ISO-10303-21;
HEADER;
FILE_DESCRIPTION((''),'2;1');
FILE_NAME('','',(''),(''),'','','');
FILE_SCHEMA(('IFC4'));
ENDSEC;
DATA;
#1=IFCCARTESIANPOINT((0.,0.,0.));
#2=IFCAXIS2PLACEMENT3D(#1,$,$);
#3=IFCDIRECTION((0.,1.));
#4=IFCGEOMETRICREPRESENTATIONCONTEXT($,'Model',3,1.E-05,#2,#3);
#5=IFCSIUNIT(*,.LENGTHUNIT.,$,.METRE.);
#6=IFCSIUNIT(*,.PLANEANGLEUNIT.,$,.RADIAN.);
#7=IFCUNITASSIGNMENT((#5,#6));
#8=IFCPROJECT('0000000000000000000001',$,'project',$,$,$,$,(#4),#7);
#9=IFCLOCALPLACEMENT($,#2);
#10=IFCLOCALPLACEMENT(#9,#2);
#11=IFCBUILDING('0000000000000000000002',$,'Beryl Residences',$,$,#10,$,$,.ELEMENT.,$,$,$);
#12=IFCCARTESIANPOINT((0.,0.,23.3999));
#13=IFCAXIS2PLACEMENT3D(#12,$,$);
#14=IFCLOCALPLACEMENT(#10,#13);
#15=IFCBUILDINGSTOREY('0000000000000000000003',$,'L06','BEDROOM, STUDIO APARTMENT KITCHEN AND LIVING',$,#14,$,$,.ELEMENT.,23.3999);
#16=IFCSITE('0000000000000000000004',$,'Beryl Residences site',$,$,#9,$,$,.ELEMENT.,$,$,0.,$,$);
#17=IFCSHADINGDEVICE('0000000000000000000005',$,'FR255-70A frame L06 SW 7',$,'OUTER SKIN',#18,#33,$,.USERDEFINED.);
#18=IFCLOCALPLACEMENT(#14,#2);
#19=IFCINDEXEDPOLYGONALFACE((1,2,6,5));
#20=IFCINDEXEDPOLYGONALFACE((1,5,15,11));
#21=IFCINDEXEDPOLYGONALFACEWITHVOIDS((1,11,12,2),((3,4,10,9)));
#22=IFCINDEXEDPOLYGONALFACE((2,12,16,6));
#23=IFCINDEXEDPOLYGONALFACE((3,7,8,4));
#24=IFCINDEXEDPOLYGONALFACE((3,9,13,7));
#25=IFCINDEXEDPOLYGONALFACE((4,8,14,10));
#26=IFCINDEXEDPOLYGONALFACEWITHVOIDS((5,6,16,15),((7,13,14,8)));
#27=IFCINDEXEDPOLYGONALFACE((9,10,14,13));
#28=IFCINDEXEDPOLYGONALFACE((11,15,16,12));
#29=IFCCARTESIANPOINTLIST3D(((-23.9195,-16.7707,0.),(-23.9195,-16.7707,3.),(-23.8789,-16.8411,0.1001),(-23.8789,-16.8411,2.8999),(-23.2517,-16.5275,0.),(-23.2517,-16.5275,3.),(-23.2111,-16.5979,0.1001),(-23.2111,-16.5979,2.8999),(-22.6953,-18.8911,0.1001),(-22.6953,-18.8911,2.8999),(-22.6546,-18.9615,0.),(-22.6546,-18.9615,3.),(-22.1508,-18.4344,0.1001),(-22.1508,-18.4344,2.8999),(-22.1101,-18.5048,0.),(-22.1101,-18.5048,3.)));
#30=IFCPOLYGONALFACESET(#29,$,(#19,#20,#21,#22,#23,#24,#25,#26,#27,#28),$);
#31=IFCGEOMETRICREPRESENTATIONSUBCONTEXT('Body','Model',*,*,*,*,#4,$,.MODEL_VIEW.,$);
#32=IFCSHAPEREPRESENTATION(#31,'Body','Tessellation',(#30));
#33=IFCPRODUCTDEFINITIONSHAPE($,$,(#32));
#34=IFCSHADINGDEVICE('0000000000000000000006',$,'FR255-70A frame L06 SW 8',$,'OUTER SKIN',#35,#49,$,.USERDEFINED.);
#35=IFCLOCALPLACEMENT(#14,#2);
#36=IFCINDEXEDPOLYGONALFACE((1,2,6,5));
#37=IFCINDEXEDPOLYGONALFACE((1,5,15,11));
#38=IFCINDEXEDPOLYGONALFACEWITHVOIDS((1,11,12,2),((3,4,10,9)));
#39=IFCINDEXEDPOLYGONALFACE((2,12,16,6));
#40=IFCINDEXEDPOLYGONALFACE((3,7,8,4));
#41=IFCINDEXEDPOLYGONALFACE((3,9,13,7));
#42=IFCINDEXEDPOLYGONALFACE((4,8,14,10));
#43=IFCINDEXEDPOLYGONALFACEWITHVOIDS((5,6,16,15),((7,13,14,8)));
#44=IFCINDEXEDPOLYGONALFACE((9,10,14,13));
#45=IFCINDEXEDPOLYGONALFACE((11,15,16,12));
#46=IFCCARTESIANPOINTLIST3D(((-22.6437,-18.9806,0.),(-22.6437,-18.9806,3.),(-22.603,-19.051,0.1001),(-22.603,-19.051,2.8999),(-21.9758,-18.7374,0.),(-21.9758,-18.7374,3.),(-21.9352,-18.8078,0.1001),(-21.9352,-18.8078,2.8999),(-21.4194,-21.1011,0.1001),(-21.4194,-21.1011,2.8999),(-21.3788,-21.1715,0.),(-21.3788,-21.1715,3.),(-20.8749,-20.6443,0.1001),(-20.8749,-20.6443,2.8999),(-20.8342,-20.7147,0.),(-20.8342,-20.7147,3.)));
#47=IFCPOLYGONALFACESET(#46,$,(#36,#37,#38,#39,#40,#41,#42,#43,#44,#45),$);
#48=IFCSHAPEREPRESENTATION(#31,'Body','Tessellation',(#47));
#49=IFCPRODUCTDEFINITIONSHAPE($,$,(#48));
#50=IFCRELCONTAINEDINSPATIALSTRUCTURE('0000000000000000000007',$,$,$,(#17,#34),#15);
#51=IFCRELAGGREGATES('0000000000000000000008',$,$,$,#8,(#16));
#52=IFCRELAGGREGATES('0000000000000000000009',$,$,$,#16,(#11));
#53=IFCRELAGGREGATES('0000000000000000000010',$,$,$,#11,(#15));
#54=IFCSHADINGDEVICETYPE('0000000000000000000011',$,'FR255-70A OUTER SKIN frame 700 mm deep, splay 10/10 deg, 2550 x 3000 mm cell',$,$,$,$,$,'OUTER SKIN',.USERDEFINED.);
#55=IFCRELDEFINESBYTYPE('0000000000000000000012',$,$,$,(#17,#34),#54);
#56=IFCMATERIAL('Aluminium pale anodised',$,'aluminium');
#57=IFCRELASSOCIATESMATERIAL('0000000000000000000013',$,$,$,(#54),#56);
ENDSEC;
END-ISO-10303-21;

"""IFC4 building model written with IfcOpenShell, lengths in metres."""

from ifc_helpers import new_model, entity, si_unit, direction, frame, origin, place, context, subcontext, project, spatial, source, transform, mapped, material, type_object, type_shapes, element, save


model = new_model("IFC4")

# Units and contexts
model_context = context("Model", 3, precision=1e-05, world=origin(), true_north=direction((0.0, 1.0)))
body_context = subcontext(model_context, "Body", "Model", "MODEL_VIEW")
ifc_project = project(units=[si_unit("LENGTHUNIT", "METRE"), si_unit("PLANEANGLEUNIT", "RADIAN")], contexts=[model_context])

# Site, building, storey
site_placement = place(None, origin())
site = spatial("IfcSite", under=ifc_project, at=site_placement, Name="Beryl Residences site", CompositionType="ELEMENT", RefElevation=0.0)
building_placement = place(site_placement, origin())
building = spatial("IfcBuilding", under=site, at=building_placement, Name="Beryl Residences", CompositionType="ELEMENT")
storey_placement = place(building_placement, frame((0.0, 0.0, 23.3999)))
storey = spatial("IfcBuildingStorey", under=building, at=storey_placement, Name="L06", Description="BEDROOM, STUDIO APARTMENT KITCHEN AND LIVING", CompositionType="ELEMENT", Elevation=23.3999)

# Shading devices
ifc_material_1 = material(Name="Aluminium pale anodised", Category="aluminium")
shading_device_type = type_object("IfcShadingDeviceType", Name="FR255-70A OUTER SKIN frame 700 mm deep, splay 10/10 deg, 2550 x 3000 mm cell", ElementType="OUTER SKIN", PredefinedType="USERDEFINED", material=ifc_material_1)
cartesian_point_1 = entity("IfcCartesianPoint", [-1.1416, 0.0])
cartesian_point_2 = entity("IfcCartesianPoint", [-1.0603, 0.1001])
cartesian_point_3 = entity("IfcCartesianPoint", [-1.2649, 0.0])
cartesian_point_4 = entity("IfcCartesianPoint", [-1.1836, 0.1001])
shared_shape = source(origin(), body_context, "Body", "SweptSolid", [
    entity("IfcExtrudedAreaSolidTapered", entity("IfcArbitraryProfileDefWithVoids", "AREA", None, entity("IfcPolyline", [cartesian_point_1, entity("IfcCartesianPoint", [1.1416, 0.0]), entity("IfcCartesianPoint", [1.1416, 3.0]), entity("IfcCartesianPoint", [-1.1416, 3.0]), cartesian_point_1]), [entity("IfcPolyline", [cartesian_point_2, entity("IfcCartesianPoint", [1.0603, 0.1001]), entity("IfcCartesianPoint", [1.0603, 2.8999]), entity("IfcCartesianPoint", [-1.0603, 2.8999]), cartesian_point_2])]), entity("IfcAxis2Placement3D", entity("IfcCartesianPoint", [0.0, 0.0, 0.0]), entity("IfcDirection", [0.0, 1.0, 0.0]), entity("IfcDirection", [-1.0, 0.0, 0.0])), entity("IfcDirection", [0.0, 0.0, 1.0]), 0.7, entity("IfcArbitraryProfileDefWithVoids", "AREA", None, entity("IfcPolyline", [cartesian_point_3, entity("IfcCartesianPoint", [1.2649, 0.0]), entity("IfcCartesianPoint", [1.2649, 3.0]), entity("IfcCartesianPoint", [-1.2649, 3.0]), cartesian_point_3]), [entity("IfcPolyline", [cartesian_point_4, entity("IfcCartesianPoint", [1.1836, 0.1001]), entity("IfcCartesianPoint", [1.1836, 2.8999]), entity("IfcCartesianPoint", [-1.1836, 2.8999]), cartesian_point_4])])),
])
type_shapes(shading_device_type, [shared_shape])
for number, where, z_axis, x_axis, name in (
    (1, (-22.6809, -17.5161, 0.0), (0.0, 0.0, 1.0), (-0.5, 0.866025, 0.0), "FR255-70A frame L06 SW 7"),
    (2, (-21.405, -19.7261, 0.0), (0.0, 0.0, 1.0), (-0.5, 0.866025, 0.0), "FR255-70A frame L06 SW 8"),
):
    element("IfcShadingDevice", number, at=place(storey_placement, frame(where, z_axis=z_axis, x_axis=x_axis)), inside=storey, type_object=shading_device_type, Name=name, ObjectType="OUTER SKIN", PredefinedType="USERDEFINED", context=body_context, shape_type="MappedRepresentation", body=[
        mapped(shared_shape, transform((0.0, 0.0, 0.0))),
    ])

save(model, "model.ifc")
